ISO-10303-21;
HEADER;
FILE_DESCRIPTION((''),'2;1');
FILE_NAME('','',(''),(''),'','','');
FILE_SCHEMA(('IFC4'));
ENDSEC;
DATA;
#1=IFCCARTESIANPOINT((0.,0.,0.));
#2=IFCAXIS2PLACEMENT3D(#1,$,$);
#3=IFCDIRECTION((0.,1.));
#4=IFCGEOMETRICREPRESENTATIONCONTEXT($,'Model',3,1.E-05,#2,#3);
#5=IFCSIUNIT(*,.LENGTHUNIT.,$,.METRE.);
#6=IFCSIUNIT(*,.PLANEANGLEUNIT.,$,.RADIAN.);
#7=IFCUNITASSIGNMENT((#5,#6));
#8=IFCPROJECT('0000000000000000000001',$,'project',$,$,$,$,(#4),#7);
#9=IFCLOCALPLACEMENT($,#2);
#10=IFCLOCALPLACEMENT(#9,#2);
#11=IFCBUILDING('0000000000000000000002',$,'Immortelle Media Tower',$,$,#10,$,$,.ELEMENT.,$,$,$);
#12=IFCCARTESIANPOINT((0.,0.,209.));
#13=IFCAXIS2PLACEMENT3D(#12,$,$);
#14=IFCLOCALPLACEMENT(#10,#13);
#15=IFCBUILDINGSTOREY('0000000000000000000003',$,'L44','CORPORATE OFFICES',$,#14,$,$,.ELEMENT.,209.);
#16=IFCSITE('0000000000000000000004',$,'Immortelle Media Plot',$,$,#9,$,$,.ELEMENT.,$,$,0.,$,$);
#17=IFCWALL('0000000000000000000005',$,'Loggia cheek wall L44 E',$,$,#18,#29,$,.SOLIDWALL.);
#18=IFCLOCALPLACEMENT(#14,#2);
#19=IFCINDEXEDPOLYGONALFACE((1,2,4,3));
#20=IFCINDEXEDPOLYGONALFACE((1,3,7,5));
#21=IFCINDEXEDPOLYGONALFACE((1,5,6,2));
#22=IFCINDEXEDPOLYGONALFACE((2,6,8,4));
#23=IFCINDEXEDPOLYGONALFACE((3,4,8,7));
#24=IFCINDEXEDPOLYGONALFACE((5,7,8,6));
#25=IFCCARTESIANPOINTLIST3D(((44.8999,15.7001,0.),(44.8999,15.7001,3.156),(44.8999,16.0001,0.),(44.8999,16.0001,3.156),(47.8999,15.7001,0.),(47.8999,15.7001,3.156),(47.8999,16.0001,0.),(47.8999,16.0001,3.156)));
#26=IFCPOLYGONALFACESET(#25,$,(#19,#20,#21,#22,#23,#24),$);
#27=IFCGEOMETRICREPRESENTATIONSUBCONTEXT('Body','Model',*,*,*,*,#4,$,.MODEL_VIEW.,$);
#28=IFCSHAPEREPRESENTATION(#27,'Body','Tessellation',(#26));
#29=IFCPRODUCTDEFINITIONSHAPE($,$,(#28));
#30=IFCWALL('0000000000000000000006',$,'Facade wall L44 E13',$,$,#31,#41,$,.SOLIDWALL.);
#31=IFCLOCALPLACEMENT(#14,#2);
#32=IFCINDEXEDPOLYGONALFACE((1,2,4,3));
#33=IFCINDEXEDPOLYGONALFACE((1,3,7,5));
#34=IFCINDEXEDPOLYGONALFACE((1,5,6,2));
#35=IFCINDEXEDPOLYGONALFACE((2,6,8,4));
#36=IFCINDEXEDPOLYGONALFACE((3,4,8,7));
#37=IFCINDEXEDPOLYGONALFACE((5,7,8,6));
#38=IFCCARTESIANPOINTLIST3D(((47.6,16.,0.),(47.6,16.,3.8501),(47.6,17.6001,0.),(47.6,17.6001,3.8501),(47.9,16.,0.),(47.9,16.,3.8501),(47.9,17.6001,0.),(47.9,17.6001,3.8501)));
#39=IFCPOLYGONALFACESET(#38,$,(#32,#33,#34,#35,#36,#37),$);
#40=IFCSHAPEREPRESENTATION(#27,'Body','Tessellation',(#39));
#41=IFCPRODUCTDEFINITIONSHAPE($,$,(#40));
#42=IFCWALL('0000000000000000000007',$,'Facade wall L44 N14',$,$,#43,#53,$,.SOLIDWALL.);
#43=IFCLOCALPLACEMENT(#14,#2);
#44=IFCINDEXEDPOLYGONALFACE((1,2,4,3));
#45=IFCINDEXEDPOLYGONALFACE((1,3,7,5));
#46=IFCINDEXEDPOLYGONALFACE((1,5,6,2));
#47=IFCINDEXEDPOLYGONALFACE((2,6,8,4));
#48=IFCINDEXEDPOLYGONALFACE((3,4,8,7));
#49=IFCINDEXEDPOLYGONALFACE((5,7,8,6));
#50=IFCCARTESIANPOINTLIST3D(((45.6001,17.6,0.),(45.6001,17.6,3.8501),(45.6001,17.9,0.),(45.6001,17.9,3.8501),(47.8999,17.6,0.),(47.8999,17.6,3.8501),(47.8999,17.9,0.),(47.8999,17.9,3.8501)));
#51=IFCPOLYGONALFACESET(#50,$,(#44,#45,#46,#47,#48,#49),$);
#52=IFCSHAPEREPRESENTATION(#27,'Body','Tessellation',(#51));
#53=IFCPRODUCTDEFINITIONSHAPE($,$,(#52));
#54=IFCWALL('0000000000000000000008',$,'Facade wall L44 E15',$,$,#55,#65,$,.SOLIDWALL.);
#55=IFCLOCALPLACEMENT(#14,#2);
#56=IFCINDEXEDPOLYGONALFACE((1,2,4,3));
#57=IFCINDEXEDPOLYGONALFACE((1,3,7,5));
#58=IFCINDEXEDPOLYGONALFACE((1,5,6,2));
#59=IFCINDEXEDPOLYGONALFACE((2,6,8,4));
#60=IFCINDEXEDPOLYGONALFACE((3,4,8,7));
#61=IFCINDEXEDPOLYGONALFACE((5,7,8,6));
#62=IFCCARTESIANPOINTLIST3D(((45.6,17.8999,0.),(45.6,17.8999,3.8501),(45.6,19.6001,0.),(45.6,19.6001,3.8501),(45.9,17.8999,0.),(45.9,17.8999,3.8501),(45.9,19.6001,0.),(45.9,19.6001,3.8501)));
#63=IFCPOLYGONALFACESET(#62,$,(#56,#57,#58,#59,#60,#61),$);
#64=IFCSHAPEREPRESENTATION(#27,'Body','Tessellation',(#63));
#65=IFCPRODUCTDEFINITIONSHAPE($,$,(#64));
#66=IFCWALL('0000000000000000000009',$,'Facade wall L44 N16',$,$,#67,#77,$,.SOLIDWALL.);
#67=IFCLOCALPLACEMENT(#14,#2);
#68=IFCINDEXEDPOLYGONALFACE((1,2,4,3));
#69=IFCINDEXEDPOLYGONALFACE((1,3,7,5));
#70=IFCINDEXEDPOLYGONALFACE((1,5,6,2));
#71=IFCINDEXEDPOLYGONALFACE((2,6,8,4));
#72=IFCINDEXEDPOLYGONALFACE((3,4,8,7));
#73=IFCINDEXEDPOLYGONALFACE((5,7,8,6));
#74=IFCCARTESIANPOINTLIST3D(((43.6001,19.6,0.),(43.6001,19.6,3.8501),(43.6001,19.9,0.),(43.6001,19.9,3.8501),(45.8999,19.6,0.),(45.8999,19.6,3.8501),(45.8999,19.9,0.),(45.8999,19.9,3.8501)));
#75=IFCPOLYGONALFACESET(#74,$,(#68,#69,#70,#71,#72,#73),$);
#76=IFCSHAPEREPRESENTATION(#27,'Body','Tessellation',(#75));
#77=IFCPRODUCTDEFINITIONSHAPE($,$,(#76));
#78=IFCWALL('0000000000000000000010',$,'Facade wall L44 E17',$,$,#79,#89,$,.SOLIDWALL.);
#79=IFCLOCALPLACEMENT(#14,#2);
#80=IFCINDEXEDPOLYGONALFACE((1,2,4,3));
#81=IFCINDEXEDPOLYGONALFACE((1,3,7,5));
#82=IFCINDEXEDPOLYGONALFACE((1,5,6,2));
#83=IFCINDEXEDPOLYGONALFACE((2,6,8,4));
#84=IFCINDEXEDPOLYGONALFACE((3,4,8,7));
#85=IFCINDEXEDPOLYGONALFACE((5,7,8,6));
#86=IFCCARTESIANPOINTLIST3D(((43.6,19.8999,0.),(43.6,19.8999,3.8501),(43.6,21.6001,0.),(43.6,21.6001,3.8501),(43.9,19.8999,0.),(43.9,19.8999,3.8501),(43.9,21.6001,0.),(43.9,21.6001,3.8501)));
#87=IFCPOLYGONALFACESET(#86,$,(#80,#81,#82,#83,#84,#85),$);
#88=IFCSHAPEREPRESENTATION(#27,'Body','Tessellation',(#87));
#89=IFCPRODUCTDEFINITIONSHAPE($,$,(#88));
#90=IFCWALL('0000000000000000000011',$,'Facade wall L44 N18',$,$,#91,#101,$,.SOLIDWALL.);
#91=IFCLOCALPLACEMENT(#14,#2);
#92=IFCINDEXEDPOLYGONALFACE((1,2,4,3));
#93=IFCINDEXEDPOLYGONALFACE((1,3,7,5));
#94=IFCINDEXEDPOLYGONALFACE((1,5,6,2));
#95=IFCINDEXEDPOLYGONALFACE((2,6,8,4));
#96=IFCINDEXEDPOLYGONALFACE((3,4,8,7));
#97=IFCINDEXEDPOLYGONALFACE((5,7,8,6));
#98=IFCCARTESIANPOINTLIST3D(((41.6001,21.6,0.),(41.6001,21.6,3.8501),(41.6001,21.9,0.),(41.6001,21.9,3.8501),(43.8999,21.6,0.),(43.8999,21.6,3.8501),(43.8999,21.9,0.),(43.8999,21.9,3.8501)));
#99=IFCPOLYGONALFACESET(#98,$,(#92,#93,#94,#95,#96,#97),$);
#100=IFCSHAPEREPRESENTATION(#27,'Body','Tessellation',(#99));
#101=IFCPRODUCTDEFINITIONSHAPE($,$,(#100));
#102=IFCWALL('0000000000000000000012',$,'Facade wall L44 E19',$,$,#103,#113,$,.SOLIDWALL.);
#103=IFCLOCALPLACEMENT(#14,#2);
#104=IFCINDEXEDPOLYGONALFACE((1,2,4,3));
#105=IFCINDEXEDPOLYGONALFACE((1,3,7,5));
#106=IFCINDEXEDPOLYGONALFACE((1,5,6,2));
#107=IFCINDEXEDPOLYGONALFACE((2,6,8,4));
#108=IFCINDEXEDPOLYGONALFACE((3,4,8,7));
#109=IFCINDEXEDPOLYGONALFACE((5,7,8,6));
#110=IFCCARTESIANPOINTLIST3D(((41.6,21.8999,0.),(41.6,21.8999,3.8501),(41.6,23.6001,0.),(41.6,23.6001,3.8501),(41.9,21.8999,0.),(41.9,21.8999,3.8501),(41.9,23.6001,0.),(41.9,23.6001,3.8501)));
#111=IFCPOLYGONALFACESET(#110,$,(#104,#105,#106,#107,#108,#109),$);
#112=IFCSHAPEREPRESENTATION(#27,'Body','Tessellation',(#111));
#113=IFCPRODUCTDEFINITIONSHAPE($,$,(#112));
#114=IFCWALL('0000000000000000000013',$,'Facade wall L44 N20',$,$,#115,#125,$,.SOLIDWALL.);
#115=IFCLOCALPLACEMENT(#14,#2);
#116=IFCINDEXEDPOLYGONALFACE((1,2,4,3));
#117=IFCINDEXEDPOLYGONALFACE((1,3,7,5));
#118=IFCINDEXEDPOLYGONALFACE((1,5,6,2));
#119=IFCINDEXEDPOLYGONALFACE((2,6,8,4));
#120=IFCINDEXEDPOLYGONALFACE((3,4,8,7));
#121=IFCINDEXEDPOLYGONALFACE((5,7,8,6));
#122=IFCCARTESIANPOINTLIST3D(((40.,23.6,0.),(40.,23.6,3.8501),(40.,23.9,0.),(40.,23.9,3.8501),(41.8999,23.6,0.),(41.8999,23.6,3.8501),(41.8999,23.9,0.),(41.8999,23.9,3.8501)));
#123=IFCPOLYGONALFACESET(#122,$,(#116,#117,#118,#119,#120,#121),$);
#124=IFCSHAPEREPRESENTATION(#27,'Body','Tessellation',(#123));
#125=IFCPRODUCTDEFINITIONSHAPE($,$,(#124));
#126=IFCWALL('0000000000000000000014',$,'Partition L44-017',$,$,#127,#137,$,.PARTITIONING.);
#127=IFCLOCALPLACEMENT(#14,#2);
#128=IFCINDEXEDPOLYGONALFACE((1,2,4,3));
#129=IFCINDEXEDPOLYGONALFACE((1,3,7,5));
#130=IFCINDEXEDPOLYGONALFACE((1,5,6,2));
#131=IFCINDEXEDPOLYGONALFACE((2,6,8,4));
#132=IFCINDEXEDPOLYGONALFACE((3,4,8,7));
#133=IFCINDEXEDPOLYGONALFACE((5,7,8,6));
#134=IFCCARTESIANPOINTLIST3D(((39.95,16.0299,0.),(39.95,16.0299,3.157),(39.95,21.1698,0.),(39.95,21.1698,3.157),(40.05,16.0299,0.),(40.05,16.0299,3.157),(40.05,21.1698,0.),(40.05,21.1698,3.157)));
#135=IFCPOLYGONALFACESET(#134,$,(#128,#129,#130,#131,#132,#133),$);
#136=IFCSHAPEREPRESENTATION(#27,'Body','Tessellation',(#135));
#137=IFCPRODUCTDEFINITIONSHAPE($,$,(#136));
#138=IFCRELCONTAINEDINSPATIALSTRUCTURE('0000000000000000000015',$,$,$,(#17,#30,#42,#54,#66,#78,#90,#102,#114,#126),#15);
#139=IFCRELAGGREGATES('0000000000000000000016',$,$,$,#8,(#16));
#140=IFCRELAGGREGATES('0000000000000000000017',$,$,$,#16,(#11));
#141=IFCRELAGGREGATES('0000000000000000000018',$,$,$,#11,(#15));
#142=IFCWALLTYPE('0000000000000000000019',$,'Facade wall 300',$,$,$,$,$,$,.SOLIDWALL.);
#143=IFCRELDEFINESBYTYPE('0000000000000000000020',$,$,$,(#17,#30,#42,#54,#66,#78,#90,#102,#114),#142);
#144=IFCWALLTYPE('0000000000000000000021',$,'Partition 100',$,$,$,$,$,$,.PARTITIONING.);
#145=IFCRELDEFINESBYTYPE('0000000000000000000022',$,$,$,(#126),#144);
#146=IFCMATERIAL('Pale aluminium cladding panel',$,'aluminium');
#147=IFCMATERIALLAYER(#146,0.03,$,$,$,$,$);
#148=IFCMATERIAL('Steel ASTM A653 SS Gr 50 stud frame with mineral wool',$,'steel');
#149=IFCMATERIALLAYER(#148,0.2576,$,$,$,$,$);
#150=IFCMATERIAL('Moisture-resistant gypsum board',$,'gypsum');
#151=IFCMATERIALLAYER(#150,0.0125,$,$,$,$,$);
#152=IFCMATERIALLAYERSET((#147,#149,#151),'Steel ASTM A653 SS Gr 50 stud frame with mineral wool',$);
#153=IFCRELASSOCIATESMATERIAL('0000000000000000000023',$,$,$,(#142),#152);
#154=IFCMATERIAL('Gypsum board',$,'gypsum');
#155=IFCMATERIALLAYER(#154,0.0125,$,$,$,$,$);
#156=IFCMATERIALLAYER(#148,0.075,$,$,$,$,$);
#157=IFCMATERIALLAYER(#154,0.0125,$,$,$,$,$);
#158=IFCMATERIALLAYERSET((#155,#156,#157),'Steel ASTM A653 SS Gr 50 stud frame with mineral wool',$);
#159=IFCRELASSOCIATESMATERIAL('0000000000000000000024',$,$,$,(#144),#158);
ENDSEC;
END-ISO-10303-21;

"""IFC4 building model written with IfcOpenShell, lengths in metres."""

from ifc_helpers import new_model, si_unit, direction, frame, frame_2d, origin, place, context, subcontext, project, spatial, rectangle, extrude, material, layer, layer_set, type_object, element, save


model = new_model("IFC4")

# Units and contexts
model_context = context("Model", 3, precision=1e-05, world=origin(), true_north=direction((0.0, 1.0)))
body_context = subcontext(model_context, "Body", "Model", "MODEL_VIEW")
ifc_project = project(units=[si_unit("LENGTHUNIT", "METRE"), si_unit("PLANEANGLEUNIT", "RADIAN")], contexts=[model_context])

# Site, building, storey
site_placement = place(None, origin())
site = spatial("IfcSite", under=ifc_project, at=site_placement, Name="Immortelle Media Plot", CompositionType="ELEMENT", RefElevation=0.0)
building_placement = place(site_placement, origin())
building = spatial("IfcBuilding", under=site, at=building_placement, Name="Immortelle Media Tower", CompositionType="ELEMENT")
storey_placement = place(building_placement, frame((0.0, 0.0, 209.0)))
storey = spatial("IfcBuildingStorey", under=building, at=storey_placement, Name="L44", Description="CORPORATE OFFICES", CompositionType="ELEMENT", Elevation=209.0)

# Walls
ifc_material_1 = material(Name="Pale aluminium cladding panel", Category="aluminium")
ifc_layer_1 = layer(ifc_material_1, 0.03)
ifc_material_2 = material(Name="Steel ASTM A653 SS Gr 50 stud frame with mineral wool", Category="steel")
ifc_layer_2 = layer(ifc_material_2, 0.2576)
ifc_material_3 = material(Name="Moisture-resistant gypsum board", Category="gypsum")
ifc_layer_3 = layer(ifc_material_3, 0.0125)
ifc_layer_set_1 = layer_set([ifc_layer_1, ifc_layer_2, ifc_layer_3], Name="Steel ASTM A653 SS Gr 50 stud frame with mineral wool")
wall_type_1 = type_object("IfcWallType", Name="Facade wall 300", PredefinedType="SOLIDWALL", material=ifc_layer_set_1)
wall_1_placement = place(storey_placement, frame((47.8999, 15.8501, 0.0), z_axis=(0.0, 0.0, 1.0), x_axis=(-1.0, 0.0, 0.0)))
element("IfcWall", 1, at=wall_1_placement, inside=storey, type_object=wall_type_1, Name="Loggia cheek wall L44 E", PredefinedType="SOLIDWALL", context=body_context, shape_type="SweptSolid", body=[
    extrude(rectangle(XDim=3.0, YDim=0.3, at=frame_2d((1.5, 0.0))), origin(), (0.0, 0.0, 1.0), 3.156),
])
wall_2_placement = place(storey_placement, frame((47.75, 16.0, 0.0), z_axis=(0.0, 0.0, 1.0), x_axis=(0.0, 1.0, 0.0)))
element("IfcWall", 2, at=wall_2_placement, inside=storey, type_object=wall_type_1, Name="Facade wall L44 E13", PredefinedType="SOLIDWALL", context=body_context, shape_type="SweptSolid", body=[
    extrude(rectangle(XDim=1.6001, YDim=0.3, at=frame_2d((0.8, 0.0))), origin(), (0.0, 0.0, 1.0), 3.8501),
])
wall_3_placement = place(storey_placement, frame((47.8999, 17.75, 0.0), z_axis=(0.0, 0.0, 1.0), x_axis=(-1.0, 0.0, 0.0)))
element("IfcWall", 3, at=wall_3_placement, inside=storey, type_object=wall_type_1, Name="Facade wall L44 N14", PredefinedType="SOLIDWALL", context=body_context, shape_type="SweptSolid", body=[
    extrude(rectangle(XDim=2.2998, YDim=0.3, at=frame_2d((1.1499, 0.0))), origin(), (0.0, 0.0, 1.0), 3.8501),
])
wall_4_placement = place(storey_placement, frame((45.75, 17.8999, 0.0), z_axis=(0.0, 0.0, 1.0), x_axis=(0.0, 1.0, 0.0)))
element("IfcWall", 4, at=wall_4_placement, inside=storey, type_object=wall_type_1, Name="Facade wall L44 E15", PredefinedType="SOLIDWALL", context=body_context, shape_type="SweptSolid", body=[
    extrude(rectangle(XDim=1.7002, YDim=0.3, at=frame_2d((0.8501, 0.0))), origin(), (0.0, 0.0, 1.0), 3.8501),
])
wall_5_placement = place(storey_placement, frame((45.8999, 19.75, 0.0), z_axis=(0.0, 0.0, 1.0), x_axis=(-1.0, 0.0, 0.0)))
element("IfcWall", 5, at=wall_5_placement, inside=storey, type_object=wall_type_1, Name="Facade wall L44 N16", PredefinedType="SOLIDWALL", context=body_context, shape_type="SweptSolid", body=[
    extrude(rectangle(XDim=2.2998, YDim=0.3, at=frame_2d((1.1499, 0.0))), origin(), (0.0, 0.0, 1.0), 3.8501),
])
wall_6_placement = place(storey_placement, frame((43.75, 19.8999, 0.0), z_axis=(0.0, 0.0, 1.0), x_axis=(0.0, 1.0, 0.0)))
element("IfcWall", 6, at=wall_6_placement, inside=storey, type_object=wall_type_1, Name="Facade wall L44 E17", PredefinedType="SOLIDWALL", context=body_context, shape_type="SweptSolid", body=[
    extrude(rectangle(XDim=1.7002, YDim=0.3, at=frame_2d((0.8501, 0.0))), origin(), (0.0, 0.0, 1.0), 3.8501),
])
wall_7_placement = place(storey_placement, frame((43.8999, 21.75, 0.0), z_axis=(0.0, 0.0, 1.0), x_axis=(-1.0, 0.0, 0.0)))
element("IfcWall", 7, at=wall_7_placement, inside=storey, type_object=wall_type_1, Name="Facade wall L44 N18", PredefinedType="SOLIDWALL", context=body_context, shape_type="SweptSolid", body=[
    extrude(rectangle(XDim=2.2998, YDim=0.3, at=frame_2d((1.1499, 0.0))), origin(), (0.0, 0.0, 1.0), 3.8501),
])
wall_8_placement = place(storey_placement, frame((41.75, 21.8999, 0.0), z_axis=(0.0, 0.0, 1.0), x_axis=(0.0, 1.0, 0.0)))
element("IfcWall", 8, at=wall_8_placement, inside=storey, type_object=wall_type_1, Name="Facade wall L44 E19", PredefinedType="SOLIDWALL", context=body_context, shape_type="SweptSolid", body=[
    extrude(rectangle(XDim=1.7002, YDim=0.3, at=frame_2d((0.8501, 0.0))), origin(), (0.0, 0.0, 1.0), 3.8501),
])
wall_9_placement = place(storey_placement, frame((41.8999, 23.75, 0.0), z_axis=(0.0, 0.0, 1.0), x_axis=(-1.0, 0.0, 0.0)))
element("IfcWall", 9, at=wall_9_placement, inside=storey, type_object=wall_type_1, Name="Facade wall L44 N20", PredefinedType="SOLIDWALL", context=body_context, shape_type="SweptSolid", body=[
    extrude(rectangle(XDim=1.8999, YDim=0.3, at=frame_2d((0.95, 0.0))), origin(), (0.0, 0.0, 1.0), 3.8501),
])
ifc_material_4 = material(Name="Gypsum board", Category="gypsum")
ifc_layer_4 = layer(ifc_material_4, 0.0125)
ifc_layer_5 = layer(ifc_material_2, 0.075)
ifc_layer_6 = layer(ifc_material_4, 0.0125)
ifc_layer_set_2 = layer_set([ifc_layer_4, ifc_layer_5, ifc_layer_6], Name="Steel ASTM A653 SS Gr 50 stud frame with mineral wool")
wall_type_2 = type_object("IfcWallType", Name="Partition 100", PredefinedType="PARTITIONING", material=ifc_layer_set_2)
wall_10_placement = place(storey_placement, frame((40.0, 16.03, 0.0), z_axis=(0.0, 0.0, 1.0), x_axis=(0.0, 1.0, 0.0)))
element("IfcWall", 10, at=wall_10_placement, inside=storey, type_object=wall_type_2, Name="Partition L44-017", PredefinedType="PARTITIONING", context=body_context, shape_type="SweptSolid", body=[
    extrude(rectangle(XDim=5.1399, YDim=0.1001, at=frame_2d((2.5698, 0.0))), origin(), (0.0, 0.0, 1.0), 3.157),
])

save(model, "model.ifc")
